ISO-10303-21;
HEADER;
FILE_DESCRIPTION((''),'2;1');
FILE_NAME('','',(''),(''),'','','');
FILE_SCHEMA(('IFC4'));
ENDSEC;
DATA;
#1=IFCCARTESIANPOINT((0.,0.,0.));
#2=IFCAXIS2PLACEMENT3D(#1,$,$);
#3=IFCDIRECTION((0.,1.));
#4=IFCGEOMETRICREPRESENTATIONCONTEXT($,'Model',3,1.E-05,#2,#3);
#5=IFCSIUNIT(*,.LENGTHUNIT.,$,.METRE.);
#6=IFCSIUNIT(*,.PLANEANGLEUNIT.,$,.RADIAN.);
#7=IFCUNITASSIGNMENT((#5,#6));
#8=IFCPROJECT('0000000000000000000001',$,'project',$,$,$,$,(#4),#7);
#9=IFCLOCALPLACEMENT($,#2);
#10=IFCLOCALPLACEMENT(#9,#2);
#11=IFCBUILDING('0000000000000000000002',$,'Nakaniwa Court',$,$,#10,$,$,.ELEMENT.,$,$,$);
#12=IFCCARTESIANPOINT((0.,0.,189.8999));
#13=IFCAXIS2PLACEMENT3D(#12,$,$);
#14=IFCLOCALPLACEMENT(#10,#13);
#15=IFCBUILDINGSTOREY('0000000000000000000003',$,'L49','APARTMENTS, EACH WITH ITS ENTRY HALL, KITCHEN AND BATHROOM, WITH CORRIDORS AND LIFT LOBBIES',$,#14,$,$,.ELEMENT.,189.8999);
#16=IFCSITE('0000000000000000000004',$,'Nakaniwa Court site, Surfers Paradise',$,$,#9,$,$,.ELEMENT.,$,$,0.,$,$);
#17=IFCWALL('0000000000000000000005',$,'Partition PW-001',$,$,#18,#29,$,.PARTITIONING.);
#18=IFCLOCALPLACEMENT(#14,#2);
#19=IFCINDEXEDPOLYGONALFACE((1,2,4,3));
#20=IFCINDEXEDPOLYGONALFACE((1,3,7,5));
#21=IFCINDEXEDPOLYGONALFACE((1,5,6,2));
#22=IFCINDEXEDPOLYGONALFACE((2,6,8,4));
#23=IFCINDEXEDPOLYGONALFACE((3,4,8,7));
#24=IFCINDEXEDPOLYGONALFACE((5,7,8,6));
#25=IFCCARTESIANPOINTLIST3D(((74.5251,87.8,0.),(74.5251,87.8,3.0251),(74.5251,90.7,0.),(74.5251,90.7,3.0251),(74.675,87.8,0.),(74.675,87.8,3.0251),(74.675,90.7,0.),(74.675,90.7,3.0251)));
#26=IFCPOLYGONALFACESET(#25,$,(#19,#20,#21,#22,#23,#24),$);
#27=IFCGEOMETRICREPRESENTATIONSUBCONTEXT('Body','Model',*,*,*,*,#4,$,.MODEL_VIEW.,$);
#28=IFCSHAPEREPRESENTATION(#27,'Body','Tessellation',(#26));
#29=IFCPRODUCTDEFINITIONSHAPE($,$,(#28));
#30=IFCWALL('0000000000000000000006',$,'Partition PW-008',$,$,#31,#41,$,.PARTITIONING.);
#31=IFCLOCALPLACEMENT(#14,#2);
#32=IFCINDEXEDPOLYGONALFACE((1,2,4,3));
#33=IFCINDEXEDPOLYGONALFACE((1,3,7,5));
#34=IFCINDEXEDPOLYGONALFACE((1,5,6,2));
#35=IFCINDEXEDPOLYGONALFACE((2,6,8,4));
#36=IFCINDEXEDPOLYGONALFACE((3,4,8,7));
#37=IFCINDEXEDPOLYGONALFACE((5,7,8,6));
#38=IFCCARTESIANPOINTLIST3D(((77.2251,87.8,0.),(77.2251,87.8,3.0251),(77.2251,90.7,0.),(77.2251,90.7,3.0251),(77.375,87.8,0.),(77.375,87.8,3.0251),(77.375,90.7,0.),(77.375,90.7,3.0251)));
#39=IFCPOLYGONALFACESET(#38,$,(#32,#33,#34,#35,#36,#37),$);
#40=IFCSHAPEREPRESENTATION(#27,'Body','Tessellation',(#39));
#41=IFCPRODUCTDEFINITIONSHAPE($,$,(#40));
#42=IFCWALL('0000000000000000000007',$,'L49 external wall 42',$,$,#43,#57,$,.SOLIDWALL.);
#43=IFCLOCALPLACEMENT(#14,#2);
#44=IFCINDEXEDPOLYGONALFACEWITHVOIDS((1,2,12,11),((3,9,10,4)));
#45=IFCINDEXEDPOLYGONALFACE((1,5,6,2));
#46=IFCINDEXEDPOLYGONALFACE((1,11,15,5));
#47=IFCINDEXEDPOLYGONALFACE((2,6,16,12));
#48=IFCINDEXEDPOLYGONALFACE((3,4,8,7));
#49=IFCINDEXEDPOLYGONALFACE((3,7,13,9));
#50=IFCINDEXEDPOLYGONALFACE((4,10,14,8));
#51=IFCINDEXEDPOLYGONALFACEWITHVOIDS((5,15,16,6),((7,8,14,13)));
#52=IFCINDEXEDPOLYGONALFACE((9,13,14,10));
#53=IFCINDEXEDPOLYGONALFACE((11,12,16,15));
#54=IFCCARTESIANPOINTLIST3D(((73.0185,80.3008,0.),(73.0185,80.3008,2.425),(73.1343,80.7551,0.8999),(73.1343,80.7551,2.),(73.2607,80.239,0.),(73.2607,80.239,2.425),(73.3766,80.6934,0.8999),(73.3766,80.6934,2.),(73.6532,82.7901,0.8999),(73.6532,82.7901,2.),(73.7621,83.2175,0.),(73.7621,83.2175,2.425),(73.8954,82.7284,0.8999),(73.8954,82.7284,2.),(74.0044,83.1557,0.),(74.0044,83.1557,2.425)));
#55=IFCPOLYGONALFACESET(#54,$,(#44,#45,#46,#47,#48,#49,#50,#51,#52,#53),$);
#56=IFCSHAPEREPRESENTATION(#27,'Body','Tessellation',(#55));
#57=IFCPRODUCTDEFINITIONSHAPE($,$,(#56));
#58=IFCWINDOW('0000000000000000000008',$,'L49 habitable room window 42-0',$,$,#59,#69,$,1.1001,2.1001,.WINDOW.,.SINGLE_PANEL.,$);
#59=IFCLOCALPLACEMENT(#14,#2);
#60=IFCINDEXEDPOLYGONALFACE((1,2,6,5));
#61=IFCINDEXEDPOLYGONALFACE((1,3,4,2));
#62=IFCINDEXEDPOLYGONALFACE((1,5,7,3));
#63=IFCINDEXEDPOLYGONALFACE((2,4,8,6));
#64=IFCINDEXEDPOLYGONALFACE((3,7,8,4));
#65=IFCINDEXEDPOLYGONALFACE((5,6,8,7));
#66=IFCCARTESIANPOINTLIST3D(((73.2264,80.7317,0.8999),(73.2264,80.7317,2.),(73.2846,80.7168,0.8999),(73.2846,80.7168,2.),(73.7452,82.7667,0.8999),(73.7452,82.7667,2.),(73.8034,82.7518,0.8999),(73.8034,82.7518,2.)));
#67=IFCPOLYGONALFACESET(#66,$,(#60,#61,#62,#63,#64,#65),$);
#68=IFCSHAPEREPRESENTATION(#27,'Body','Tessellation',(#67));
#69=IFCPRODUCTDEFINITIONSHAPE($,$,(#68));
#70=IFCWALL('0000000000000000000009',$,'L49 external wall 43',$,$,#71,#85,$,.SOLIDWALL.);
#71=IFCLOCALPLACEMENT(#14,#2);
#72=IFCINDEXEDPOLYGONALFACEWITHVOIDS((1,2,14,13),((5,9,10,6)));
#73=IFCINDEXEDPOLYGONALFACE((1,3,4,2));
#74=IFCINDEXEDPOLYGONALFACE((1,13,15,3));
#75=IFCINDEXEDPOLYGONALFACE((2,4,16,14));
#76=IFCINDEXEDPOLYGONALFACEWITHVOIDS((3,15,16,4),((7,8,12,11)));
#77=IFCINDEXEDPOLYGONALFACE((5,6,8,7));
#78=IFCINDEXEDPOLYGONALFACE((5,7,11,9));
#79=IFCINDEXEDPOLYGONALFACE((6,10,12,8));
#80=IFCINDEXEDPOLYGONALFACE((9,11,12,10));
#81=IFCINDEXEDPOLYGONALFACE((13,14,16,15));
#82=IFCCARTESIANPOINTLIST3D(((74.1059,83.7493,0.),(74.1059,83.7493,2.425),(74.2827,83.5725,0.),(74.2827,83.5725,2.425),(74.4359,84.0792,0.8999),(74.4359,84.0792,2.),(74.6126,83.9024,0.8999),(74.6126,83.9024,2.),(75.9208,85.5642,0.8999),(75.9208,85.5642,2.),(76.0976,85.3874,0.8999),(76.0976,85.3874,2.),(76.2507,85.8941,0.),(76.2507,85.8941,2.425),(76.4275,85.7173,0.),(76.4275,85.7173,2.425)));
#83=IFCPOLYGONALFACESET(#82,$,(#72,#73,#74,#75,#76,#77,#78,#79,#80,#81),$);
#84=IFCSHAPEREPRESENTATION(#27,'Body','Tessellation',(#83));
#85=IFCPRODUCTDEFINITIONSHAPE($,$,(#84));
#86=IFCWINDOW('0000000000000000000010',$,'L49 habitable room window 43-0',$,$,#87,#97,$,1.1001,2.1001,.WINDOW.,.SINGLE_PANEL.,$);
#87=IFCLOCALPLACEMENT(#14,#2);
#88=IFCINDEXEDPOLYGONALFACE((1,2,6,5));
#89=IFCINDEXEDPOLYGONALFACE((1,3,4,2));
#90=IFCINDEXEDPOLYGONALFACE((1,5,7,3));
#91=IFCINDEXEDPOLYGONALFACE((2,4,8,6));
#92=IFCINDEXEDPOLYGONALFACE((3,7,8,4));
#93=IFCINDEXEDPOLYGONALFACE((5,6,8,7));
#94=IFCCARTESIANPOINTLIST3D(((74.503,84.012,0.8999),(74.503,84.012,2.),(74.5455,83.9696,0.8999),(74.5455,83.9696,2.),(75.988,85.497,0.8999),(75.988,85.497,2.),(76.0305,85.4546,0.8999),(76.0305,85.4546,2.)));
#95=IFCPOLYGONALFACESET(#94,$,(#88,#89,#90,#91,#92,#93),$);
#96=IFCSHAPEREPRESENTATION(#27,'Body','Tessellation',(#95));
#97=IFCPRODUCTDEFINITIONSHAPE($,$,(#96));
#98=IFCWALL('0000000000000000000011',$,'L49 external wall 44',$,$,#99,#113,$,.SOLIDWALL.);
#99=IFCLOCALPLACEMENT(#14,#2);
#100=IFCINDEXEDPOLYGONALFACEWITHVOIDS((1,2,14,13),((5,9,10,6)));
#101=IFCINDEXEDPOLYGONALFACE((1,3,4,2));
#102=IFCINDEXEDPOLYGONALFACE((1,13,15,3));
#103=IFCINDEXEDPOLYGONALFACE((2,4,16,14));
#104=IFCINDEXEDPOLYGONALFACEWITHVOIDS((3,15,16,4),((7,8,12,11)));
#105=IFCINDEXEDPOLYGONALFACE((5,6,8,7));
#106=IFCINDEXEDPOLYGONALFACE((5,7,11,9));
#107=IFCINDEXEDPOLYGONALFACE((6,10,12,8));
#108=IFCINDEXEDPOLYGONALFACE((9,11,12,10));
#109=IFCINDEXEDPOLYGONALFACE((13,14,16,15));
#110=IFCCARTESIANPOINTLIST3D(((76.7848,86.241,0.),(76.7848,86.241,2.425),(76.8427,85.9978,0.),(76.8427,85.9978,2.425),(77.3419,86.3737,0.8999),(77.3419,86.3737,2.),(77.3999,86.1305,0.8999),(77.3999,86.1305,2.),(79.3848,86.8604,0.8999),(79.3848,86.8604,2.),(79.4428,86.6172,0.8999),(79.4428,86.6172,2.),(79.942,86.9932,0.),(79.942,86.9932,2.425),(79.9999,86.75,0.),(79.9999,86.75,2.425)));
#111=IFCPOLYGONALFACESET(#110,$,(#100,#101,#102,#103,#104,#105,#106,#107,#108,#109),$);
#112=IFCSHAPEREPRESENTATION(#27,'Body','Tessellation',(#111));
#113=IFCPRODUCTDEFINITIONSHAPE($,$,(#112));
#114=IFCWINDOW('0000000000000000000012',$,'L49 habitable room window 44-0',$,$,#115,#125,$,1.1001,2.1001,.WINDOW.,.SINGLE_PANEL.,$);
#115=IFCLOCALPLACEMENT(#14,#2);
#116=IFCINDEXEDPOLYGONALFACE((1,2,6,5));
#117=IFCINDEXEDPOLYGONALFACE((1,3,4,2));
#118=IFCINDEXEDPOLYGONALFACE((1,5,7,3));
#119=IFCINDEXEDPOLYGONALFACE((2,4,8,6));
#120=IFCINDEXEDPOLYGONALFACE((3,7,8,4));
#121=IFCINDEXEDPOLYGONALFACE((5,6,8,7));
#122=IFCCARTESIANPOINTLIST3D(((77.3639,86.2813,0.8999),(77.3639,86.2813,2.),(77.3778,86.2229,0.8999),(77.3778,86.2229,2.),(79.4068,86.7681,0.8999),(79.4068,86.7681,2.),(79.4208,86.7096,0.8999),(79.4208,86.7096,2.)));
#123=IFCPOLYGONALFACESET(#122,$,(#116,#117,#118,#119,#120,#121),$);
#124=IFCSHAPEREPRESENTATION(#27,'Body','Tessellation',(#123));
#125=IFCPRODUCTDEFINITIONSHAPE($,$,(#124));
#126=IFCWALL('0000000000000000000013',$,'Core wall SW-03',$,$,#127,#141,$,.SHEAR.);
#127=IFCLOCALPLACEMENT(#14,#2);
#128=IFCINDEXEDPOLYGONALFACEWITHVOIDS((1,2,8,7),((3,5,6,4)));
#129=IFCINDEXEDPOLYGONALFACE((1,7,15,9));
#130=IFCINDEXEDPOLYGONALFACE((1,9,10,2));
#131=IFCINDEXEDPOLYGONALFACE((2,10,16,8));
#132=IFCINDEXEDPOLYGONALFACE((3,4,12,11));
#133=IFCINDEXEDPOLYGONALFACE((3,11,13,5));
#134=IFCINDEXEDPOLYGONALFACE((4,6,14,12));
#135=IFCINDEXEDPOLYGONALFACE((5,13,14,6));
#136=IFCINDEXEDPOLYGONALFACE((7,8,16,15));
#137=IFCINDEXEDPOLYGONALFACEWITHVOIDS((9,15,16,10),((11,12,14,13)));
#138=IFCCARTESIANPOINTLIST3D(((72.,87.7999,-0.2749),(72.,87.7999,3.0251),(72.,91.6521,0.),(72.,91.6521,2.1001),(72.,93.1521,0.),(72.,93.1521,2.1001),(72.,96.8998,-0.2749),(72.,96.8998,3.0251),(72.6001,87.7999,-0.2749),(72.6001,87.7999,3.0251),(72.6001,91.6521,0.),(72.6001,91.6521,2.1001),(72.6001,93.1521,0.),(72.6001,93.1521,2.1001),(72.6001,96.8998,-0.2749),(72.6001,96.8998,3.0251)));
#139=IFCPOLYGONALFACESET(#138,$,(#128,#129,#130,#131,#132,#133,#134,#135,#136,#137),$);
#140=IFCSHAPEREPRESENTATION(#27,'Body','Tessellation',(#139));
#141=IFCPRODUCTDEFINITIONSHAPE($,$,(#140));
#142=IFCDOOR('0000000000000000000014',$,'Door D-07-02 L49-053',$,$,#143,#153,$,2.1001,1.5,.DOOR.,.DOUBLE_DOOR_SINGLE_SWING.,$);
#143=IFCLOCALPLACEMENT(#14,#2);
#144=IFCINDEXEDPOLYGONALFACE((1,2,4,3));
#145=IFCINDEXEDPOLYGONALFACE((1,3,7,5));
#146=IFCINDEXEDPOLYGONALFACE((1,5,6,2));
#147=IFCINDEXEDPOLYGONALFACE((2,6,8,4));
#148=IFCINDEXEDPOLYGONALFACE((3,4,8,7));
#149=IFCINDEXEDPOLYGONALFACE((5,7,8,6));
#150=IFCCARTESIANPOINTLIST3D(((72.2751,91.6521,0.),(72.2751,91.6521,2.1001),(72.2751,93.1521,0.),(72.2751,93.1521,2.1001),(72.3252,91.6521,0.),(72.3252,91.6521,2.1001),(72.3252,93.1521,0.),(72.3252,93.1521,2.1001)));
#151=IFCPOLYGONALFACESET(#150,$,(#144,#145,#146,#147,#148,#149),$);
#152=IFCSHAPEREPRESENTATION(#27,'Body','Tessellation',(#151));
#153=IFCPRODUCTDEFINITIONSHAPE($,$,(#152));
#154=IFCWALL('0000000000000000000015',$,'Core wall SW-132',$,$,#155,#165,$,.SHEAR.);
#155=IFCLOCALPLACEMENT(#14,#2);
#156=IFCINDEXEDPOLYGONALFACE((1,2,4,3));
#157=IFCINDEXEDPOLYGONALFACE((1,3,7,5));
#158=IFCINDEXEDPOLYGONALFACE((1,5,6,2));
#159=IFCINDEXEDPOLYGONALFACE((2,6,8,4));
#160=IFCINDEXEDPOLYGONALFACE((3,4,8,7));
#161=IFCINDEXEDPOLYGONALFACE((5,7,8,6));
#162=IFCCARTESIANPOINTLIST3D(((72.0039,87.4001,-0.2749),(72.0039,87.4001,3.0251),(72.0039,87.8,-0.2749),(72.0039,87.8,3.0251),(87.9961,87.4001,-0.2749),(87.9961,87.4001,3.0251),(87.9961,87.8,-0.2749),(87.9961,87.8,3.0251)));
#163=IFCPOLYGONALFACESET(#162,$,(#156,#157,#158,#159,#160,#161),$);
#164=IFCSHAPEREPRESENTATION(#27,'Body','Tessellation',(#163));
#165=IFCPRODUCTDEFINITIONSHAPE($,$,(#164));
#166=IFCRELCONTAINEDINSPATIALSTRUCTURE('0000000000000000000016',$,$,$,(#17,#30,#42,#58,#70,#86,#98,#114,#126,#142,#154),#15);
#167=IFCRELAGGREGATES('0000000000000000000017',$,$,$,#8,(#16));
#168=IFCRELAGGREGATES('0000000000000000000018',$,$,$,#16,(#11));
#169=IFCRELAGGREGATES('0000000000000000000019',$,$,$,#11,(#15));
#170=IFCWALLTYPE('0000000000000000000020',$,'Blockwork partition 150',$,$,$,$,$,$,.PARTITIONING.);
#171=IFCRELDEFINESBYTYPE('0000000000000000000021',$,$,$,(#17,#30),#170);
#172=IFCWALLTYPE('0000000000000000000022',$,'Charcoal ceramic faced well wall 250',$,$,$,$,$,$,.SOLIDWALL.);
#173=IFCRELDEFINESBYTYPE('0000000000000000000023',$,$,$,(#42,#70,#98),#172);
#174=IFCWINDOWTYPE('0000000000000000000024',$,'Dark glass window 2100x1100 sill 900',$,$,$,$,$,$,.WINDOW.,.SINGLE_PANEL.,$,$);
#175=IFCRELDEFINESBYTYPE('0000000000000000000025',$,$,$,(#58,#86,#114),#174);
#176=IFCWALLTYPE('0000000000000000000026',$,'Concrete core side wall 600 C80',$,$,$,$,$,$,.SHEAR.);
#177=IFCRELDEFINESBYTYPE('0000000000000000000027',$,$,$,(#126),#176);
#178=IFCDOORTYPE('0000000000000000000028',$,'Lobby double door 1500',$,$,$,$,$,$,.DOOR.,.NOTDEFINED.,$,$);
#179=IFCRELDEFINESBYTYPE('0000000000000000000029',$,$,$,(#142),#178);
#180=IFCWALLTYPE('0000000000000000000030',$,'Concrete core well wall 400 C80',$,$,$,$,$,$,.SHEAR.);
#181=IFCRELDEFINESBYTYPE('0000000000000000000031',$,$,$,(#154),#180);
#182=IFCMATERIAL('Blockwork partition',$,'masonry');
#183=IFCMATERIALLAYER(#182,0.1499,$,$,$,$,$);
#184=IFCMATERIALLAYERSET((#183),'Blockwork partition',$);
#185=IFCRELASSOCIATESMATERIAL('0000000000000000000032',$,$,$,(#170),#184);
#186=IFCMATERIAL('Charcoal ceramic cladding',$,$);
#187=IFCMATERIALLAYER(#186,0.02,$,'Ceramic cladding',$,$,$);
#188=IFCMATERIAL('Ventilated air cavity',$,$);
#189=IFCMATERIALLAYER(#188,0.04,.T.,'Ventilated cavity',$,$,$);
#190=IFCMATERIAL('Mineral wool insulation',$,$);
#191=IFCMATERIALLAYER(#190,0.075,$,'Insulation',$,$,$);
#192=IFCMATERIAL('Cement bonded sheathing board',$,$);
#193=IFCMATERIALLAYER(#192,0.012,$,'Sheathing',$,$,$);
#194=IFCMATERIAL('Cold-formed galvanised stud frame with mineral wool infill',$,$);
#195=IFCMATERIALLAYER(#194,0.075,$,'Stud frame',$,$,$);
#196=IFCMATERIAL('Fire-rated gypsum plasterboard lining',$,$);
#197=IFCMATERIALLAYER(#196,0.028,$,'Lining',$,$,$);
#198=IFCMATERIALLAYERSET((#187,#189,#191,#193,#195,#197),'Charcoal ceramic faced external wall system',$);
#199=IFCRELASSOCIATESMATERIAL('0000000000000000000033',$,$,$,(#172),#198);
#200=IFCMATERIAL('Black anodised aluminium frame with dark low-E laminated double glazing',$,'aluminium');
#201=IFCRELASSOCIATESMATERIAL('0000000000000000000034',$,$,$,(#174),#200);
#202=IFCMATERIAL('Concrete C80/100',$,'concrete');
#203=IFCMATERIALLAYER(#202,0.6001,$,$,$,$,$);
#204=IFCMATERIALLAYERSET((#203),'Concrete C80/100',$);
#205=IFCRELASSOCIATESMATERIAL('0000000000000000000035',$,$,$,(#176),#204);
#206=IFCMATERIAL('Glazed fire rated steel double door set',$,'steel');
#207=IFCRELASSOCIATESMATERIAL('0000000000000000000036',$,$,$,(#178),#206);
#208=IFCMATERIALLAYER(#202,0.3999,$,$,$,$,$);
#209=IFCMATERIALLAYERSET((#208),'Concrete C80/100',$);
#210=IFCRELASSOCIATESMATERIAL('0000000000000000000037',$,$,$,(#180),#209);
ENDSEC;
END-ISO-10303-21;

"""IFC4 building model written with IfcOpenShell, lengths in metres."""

from ifc_helpers import new_model, si_unit, direction, frame, frame_2d, origin, place, context, subcontext, project, spatial, rectangle, extrude, material, layer, layer_set, type_object, element, fill, save


model = new_model("IFC4")

# Units and contexts
model_context = context("Model", 3, precision=1e-05, world=origin(), true_north=direction((0.0, 1.0)))
body_context = subcontext(model_context, "Body", "Model", "MODEL_VIEW")
ifc_project = project(units=[si_unit("LENGTHUNIT", "METRE"), si_unit("PLANEANGLEUNIT", "RADIAN")], contexts=[model_context])

# Site, building, storey
site_placement = place(None, origin())
site = spatial("IfcSite", under=ifc_project, at=site_placement, Name="Nakaniwa Court site, Surfers Paradise", CompositionType="ELEMENT", RefElevation=0.0)
building_placement = place(site_placement, origin())
building = spatial("IfcBuilding", under=site, at=building_placement, Name="Nakaniwa Court", CompositionType="ELEMENT")
storey_placement = place(building_placement, frame((0.0, 0.0, 189.8999)))
storey = spatial("IfcBuildingStorey", under=building, at=storey_placement, Name="L49", Description="APARTMENTS, EACH WITH ITS ENTRY HALL, KITCHEN AND BATHROOM, WITH CORRIDORS AND LIFT LOBBIES", CompositionType="ELEMENT", Elevation=189.8999)

# Shared definitions
ifc_material_1 = material(Name="Concrete C80/100", Category="concrete")

# Walls
ifc_material_2 = material(Name="Blockwork partition", Category="masonry")
ifc_layer_1 = layer(ifc_material_2, 0.1499)
ifc_layer_set_1 = layer_set([ifc_layer_1], Name="Blockwork partition")
wall_type_1 = type_object("IfcWallType", Name="Blockwork partition 150", PredefinedType="PARTITIONING", material=ifc_layer_set_1)
for number, where, z_axis, x_axis, name in (
    (1, (74.6001, 87.8, 0.0), (0.0, 0.0, 1.0), (0.0, 1.0, 0.0), "Partition PW-001"),
    (2, (77.3, 87.8, 0.0), (0.0, 0.0, 1.0), (0.0, 1.0, 0.0), "Partition PW-008"),
):
    element("IfcWall", number, at=place(storey_placement, frame(where, z_axis=z_axis, x_axis=x_axis)), inside=storey, type_object=wall_type_1, Name=name, PredefinedType="PARTITIONING", context=body_context, shape_type="SweptSolid", body=[
        extrude(rectangle(XDim=2.8999, YDim=0.1499, at=frame_2d((1.45, 0.0))), origin(), (0.0, 0.0, 1.0), 3.0251),
    ])

# Walls, openings, windows
ifc_material_3 = material(Name="Charcoal ceramic cladding")
ifc_layer_2 = layer(ifc_material_3, 0.02, Name="Ceramic cladding")
ifc_material_4 = material(Name="Ventilated air cavity")
ifc_layer_3 = layer(ifc_material_4, 0.04, ventilated=True, Name="Ventilated cavity")
ifc_material_5 = material(Name="Mineral wool insulation")
ifc_layer_4 = layer(ifc_material_5, 0.075, Name="Insulation")
ifc_material_6 = material(Name="Cement bonded sheathing board")
ifc_layer_5 = layer(ifc_material_6, 0.012, Name="Sheathing")
ifc_material_7 = material(Name="Cold-formed galvanised stud frame with mineral wool infill")
ifc_layer_6 = layer(ifc_material_7, 0.075, Name="Stud frame")
ifc_material_8 = material(Name="Fire-rated gypsum plasterboard lining")
ifc_layer_7 = layer(ifc_material_8, 0.028, Name="Lining")
ifc_layer_set_2 = layer_set([ifc_layer_2, ifc_layer_3, ifc_layer_4, ifc_layer_5, ifc_layer_6, ifc_layer_7], Name="Charcoal ceramic faced external wall system")
wall_type_2 = type_object("IfcWallType", Name="Charcoal ceramic faced well wall 250", PredefinedType="SOLIDWALL", material=ifc_layer_set_2)
wall_1_placement = place(storey_placement, frame((73.1396, 80.27, 0.0), z_axis=(0.0, 0.0, 1.0), x_axis=(0.247056, 0.969001, 0.0)))
wall_1 = element("IfcWall", 3, at=wall_1_placement, inside=storey, type_object=wall_type_2, Name="L49 external wall 42", PredefinedType="SOLIDWALL", context=body_context, shape_type="SweptSolid", body=[
    extrude(rectangle(XDim=3.01, YDim=0.25, at=frame_2d((1.5049, 0.0))), origin(), (0.0, 0.0, 1.0), 2.425),
])
opening_1_placement = place(wall_1_placement, frame((0.4688, 0.0, 0.8999)))
opening_1 = element("IfcOpeningElement", 4, at=opening_1_placement, cuts=wall_1, PredefinedType="OPENING", context=body_context, shape_type="SweptSolid", body=[
    extrude(rectangle(XDim=2.1001, YDim=1.1001, at=frame_2d((1.05, 0.55))), frame((0.0, 0.135, 0.0), z_axis=(0.0, -1.0, 0.0), x_axis=(1.0, 0.0, 0.0)), (0.0, 0.0, 1.0), 0.27),
])
ifc_material_9 = material(Name="Black anodised aluminium frame with dark low-E laminated double glazing", Category="aluminium")
window_type = type_object("IfcWindowType", Name="Dark glass window 2100x1100 sill 900", PartitioningType="SINGLE_PANEL", PredefinedType="WINDOW", material=ifc_material_9)
window_1_placement = place(opening_1_placement, origin())
window_1 = element("IfcWindow", 5, at=window_1_placement, inside=storey, type_object=window_type, Name="L49 habitable room window 42-0", OverallHeight=1.1001, OverallWidth=2.1001, PartitioningType="SINGLE_PANEL", PredefinedType="WINDOW", context=body_context, shape_type="SweptSolid", body=[
    extrude(rectangle(XDim=2.1001, YDim=1.1001, at=frame_2d((1.05, 0.55))), frame((0.0, 0.03, 0.0), z_axis=(0.0, -1.0, 0.0), x_axis=(1.0, 0.0, 0.0)), (0.0, 0.0, 1.0), 0.0601),
])
fill(opening_1, window_1)
wall_2_placement = place(storey_placement, frame((74.1943, 83.6609, 0.0), z_axis=(0.0, 0.0, 1.0), x_axis=(0.707107, 0.707107, 0.0)))
wall_2 = element("IfcWall", 6, at=wall_2_placement, inside=storey, type_object=wall_type_2, Name="L49 external wall 43", PredefinedType="SOLIDWALL", context=body_context, shape_type="SweptSolid", body=[
    extrude(rectangle(XDim=3.0332, YDim=0.25, at=frame_2d((1.5166, 0.0))), origin(), (0.0, 0.0, 1.0), 2.425),
])
opening_2_placement = place(wall_2_placement, frame((0.4666, 0.0, 0.8999)))
opening_2 = element("IfcOpeningElement", 7, at=opening_2_placement, cuts=wall_2, PredefinedType="OPENING", context=body_context, shape_type="SweptSolid", body=[
    extrude(rectangle(XDim=2.1001, YDim=1.1001, at=frame_2d((1.05, 0.55))), frame((0.0, 0.135, 0.0), z_axis=(0.0, -1.0, 0.0), x_axis=(1.0, 0.0, 0.0)), (0.0, 0.0, 1.0), 0.27),
])
window_2_placement = place(opening_2_placement, origin())
window_2 = element("IfcWindow", 8, at=window_2_placement, inside=storey, type_object=window_type, Name="L49 habitable room window 43-0", OverallHeight=1.1001, OverallWidth=2.1001, PartitioningType="SINGLE_PANEL", PredefinedType="WINDOW", context=body_context, shape_type="SweptSolid", body=[
    extrude(rectangle(XDim=2.1001, YDim=1.1001, at=frame_2d((1.05, 0.55))), frame((0.0, 0.03, 0.0), z_axis=(0.0, -1.0, 0.0), x_axis=(1.0, 0.0, 0.0)), (0.0, 0.0, 1.0), 0.0601),
])
fill(opening_2, window_2)
wall_3_placement = place(storey_placement, frame((76.8137, 86.1194, 0.0), z_axis=(0.0, 0.0, 1.0), x_axis=(0.972773, 0.23176, 0.0)))
wall_3 = element("IfcWall", 9, at=wall_3_placement, inside=storey, type_object=wall_type_2, Name="L49 external wall 44", PredefinedType="SOLIDWALL", context=body_context, shape_type="SweptSolid", body=[
    extrude(rectangle(XDim=3.2456, YDim=0.25, at=frame_2d((1.6228, 0.0))), origin(), (0.0, 0.0, 1.0), 2.425),
])
opening_3_placement = place(wall_3_placement, frame((0.5728, 0.0, 0.8999)))
opening_3 = element("IfcOpeningElement", 10, at=opening_3_placement, cuts=wall_3, PredefinedType="OPENING", context=body_context, shape_type="SweptSolid", body=[
    extrude(rectangle(XDim=2.1001, YDim=1.1001, at=frame_2d((1.05, 0.55))), frame((0.0, 0.135, 0.0), z_axis=(0.0, -1.0, 0.0), x_axis=(1.0, 0.0, 0.0)), (0.0, 0.0, 1.0), 0.27),
])
window_3_placement = place(opening_3_placement, origin())
window_3 = element("IfcWindow", 11, at=window_3_placement, inside=storey, type_object=window_type, Name="L49 habitable room window 44-0", OverallHeight=1.1001, OverallWidth=2.1001, PartitioningType="SINGLE_PANEL", PredefinedType="WINDOW", context=body_context, shape_type="SweptSolid", body=[
    extrude(rectangle(XDim=2.1001, YDim=1.1001, at=frame_2d((1.05, 0.55))), frame((0.0, 0.03, 0.0), z_axis=(0.0, -1.0, 0.0), x_axis=(1.0, 0.0, 0.0)), (0.0, 0.0, 1.0), 0.0601),
])
fill(opening_3, window_3)

# Wall, opening, door
ifc_layer_8 = layer(ifc_material_1, 0.6001)
ifc_layer_set_3 = layer_set([ifc_layer_8], Name="Concrete C80/100")
wall_type_3 = type_object("IfcWallType", Name="Concrete core side wall 600 C80", PredefinedType="SHEAR", material=ifc_layer_set_3)
wall_4_placement = place(storey_placement, frame((72.3, 87.8, -0.2749), z_axis=(0.0, 0.0, 1.0), x_axis=(0.0, 1.0, 0.0)))
wall_4 = element("IfcWall", 12, at=wall_4_placement, inside=storey, type_object=wall_type_3, Name="Core wall SW-03", PredefinedType="SHEAR", context=body_context, shape_type="SweptSolid", body=[
    extrude(rectangle(XDim=9.0999, YDim=0.6001, at=frame_2d((4.5498, 0.0))), origin(), (0.0, 0.0, 1.0), 3.3),
])
opening_4_placement = place(wall_4_placement, frame((3.8521, 0.0, 0.2749)))
opening_4 = element("IfcOpeningElement", 13, at=opening_4_placement, cuts=wall_4, PredefinedType="OPENING", context=body_context, shape_type="SweptSolid", body=[
    extrude(rectangle(XDim=1.5, YDim=2.1001, at=frame_2d((0.75, 1.05))), frame((0.0, 0.3101, 0.0), z_axis=(0.0, -1.0, 0.0), x_axis=(1.0, 0.0, 0.0)), (0.0, 0.0, 1.0), 0.6201),
])
ifc_material_10 = material(Name="Glazed fire rated steel double door set", Category="steel")
door_type = type_object("IfcDoorType", Name="Lobby double door 1500", OperationType="NOTDEFINED", PredefinedType="DOOR", material=ifc_material_10)
door_placement = place(opening_4_placement, origin())
door = element("IfcDoor", 14, at=door_placement, inside=storey, type_object=door_type, Name="Door D-07-02 L49-053", OperationType="DOUBLE_DOOR_SINGLE_SWING", OverallHeight=2.1001, OverallWidth=1.5, PredefinedType="DOOR", context=body_context, shape_type="SweptSolid", body=[
    extrude(rectangle(XDim=1.5, YDim=2.1001, at=frame_2d((0.75, 1.05))), frame((0.0, 0.0249, 0.0), z_axis=(0.0, -1.0, 0.0), x_axis=(1.0, 0.0, 0.0)), (0.0, 0.0, 1.0), 0.05),
])
fill(opening_4, door)

# Wall
ifc_layer_9 = layer(ifc_material_1, 0.3999)
ifc_layer_set_4 = layer_set([ifc_layer_9], Name="Concrete C80/100")
wall_type_4 = type_object("IfcWallType", Name="Concrete core well wall 400 C80", PredefinedType="SHEAR", material=ifc_layer_set_4)
wall_5_placement = place(storey_placement, frame((72.0039, 87.6001, -0.2749), z_axis=(0.0, 0.0, 1.0), x_axis=(1.0, 0.0, 0.0)))
element("IfcWall", 15, at=wall_5_placement, inside=storey, type_object=wall_type_4, Name="Core wall SW-132", PredefinedType="SHEAR", context=body_context, shape_type="SweptSolid", body=[
    extrude(rectangle(XDim=15.9922, YDim=0.3999, at=frame_2d((7.9961, 0.0))), origin(), (0.0, 0.0, 1.0), 3.3),
])

save(model, "model.ifc")
